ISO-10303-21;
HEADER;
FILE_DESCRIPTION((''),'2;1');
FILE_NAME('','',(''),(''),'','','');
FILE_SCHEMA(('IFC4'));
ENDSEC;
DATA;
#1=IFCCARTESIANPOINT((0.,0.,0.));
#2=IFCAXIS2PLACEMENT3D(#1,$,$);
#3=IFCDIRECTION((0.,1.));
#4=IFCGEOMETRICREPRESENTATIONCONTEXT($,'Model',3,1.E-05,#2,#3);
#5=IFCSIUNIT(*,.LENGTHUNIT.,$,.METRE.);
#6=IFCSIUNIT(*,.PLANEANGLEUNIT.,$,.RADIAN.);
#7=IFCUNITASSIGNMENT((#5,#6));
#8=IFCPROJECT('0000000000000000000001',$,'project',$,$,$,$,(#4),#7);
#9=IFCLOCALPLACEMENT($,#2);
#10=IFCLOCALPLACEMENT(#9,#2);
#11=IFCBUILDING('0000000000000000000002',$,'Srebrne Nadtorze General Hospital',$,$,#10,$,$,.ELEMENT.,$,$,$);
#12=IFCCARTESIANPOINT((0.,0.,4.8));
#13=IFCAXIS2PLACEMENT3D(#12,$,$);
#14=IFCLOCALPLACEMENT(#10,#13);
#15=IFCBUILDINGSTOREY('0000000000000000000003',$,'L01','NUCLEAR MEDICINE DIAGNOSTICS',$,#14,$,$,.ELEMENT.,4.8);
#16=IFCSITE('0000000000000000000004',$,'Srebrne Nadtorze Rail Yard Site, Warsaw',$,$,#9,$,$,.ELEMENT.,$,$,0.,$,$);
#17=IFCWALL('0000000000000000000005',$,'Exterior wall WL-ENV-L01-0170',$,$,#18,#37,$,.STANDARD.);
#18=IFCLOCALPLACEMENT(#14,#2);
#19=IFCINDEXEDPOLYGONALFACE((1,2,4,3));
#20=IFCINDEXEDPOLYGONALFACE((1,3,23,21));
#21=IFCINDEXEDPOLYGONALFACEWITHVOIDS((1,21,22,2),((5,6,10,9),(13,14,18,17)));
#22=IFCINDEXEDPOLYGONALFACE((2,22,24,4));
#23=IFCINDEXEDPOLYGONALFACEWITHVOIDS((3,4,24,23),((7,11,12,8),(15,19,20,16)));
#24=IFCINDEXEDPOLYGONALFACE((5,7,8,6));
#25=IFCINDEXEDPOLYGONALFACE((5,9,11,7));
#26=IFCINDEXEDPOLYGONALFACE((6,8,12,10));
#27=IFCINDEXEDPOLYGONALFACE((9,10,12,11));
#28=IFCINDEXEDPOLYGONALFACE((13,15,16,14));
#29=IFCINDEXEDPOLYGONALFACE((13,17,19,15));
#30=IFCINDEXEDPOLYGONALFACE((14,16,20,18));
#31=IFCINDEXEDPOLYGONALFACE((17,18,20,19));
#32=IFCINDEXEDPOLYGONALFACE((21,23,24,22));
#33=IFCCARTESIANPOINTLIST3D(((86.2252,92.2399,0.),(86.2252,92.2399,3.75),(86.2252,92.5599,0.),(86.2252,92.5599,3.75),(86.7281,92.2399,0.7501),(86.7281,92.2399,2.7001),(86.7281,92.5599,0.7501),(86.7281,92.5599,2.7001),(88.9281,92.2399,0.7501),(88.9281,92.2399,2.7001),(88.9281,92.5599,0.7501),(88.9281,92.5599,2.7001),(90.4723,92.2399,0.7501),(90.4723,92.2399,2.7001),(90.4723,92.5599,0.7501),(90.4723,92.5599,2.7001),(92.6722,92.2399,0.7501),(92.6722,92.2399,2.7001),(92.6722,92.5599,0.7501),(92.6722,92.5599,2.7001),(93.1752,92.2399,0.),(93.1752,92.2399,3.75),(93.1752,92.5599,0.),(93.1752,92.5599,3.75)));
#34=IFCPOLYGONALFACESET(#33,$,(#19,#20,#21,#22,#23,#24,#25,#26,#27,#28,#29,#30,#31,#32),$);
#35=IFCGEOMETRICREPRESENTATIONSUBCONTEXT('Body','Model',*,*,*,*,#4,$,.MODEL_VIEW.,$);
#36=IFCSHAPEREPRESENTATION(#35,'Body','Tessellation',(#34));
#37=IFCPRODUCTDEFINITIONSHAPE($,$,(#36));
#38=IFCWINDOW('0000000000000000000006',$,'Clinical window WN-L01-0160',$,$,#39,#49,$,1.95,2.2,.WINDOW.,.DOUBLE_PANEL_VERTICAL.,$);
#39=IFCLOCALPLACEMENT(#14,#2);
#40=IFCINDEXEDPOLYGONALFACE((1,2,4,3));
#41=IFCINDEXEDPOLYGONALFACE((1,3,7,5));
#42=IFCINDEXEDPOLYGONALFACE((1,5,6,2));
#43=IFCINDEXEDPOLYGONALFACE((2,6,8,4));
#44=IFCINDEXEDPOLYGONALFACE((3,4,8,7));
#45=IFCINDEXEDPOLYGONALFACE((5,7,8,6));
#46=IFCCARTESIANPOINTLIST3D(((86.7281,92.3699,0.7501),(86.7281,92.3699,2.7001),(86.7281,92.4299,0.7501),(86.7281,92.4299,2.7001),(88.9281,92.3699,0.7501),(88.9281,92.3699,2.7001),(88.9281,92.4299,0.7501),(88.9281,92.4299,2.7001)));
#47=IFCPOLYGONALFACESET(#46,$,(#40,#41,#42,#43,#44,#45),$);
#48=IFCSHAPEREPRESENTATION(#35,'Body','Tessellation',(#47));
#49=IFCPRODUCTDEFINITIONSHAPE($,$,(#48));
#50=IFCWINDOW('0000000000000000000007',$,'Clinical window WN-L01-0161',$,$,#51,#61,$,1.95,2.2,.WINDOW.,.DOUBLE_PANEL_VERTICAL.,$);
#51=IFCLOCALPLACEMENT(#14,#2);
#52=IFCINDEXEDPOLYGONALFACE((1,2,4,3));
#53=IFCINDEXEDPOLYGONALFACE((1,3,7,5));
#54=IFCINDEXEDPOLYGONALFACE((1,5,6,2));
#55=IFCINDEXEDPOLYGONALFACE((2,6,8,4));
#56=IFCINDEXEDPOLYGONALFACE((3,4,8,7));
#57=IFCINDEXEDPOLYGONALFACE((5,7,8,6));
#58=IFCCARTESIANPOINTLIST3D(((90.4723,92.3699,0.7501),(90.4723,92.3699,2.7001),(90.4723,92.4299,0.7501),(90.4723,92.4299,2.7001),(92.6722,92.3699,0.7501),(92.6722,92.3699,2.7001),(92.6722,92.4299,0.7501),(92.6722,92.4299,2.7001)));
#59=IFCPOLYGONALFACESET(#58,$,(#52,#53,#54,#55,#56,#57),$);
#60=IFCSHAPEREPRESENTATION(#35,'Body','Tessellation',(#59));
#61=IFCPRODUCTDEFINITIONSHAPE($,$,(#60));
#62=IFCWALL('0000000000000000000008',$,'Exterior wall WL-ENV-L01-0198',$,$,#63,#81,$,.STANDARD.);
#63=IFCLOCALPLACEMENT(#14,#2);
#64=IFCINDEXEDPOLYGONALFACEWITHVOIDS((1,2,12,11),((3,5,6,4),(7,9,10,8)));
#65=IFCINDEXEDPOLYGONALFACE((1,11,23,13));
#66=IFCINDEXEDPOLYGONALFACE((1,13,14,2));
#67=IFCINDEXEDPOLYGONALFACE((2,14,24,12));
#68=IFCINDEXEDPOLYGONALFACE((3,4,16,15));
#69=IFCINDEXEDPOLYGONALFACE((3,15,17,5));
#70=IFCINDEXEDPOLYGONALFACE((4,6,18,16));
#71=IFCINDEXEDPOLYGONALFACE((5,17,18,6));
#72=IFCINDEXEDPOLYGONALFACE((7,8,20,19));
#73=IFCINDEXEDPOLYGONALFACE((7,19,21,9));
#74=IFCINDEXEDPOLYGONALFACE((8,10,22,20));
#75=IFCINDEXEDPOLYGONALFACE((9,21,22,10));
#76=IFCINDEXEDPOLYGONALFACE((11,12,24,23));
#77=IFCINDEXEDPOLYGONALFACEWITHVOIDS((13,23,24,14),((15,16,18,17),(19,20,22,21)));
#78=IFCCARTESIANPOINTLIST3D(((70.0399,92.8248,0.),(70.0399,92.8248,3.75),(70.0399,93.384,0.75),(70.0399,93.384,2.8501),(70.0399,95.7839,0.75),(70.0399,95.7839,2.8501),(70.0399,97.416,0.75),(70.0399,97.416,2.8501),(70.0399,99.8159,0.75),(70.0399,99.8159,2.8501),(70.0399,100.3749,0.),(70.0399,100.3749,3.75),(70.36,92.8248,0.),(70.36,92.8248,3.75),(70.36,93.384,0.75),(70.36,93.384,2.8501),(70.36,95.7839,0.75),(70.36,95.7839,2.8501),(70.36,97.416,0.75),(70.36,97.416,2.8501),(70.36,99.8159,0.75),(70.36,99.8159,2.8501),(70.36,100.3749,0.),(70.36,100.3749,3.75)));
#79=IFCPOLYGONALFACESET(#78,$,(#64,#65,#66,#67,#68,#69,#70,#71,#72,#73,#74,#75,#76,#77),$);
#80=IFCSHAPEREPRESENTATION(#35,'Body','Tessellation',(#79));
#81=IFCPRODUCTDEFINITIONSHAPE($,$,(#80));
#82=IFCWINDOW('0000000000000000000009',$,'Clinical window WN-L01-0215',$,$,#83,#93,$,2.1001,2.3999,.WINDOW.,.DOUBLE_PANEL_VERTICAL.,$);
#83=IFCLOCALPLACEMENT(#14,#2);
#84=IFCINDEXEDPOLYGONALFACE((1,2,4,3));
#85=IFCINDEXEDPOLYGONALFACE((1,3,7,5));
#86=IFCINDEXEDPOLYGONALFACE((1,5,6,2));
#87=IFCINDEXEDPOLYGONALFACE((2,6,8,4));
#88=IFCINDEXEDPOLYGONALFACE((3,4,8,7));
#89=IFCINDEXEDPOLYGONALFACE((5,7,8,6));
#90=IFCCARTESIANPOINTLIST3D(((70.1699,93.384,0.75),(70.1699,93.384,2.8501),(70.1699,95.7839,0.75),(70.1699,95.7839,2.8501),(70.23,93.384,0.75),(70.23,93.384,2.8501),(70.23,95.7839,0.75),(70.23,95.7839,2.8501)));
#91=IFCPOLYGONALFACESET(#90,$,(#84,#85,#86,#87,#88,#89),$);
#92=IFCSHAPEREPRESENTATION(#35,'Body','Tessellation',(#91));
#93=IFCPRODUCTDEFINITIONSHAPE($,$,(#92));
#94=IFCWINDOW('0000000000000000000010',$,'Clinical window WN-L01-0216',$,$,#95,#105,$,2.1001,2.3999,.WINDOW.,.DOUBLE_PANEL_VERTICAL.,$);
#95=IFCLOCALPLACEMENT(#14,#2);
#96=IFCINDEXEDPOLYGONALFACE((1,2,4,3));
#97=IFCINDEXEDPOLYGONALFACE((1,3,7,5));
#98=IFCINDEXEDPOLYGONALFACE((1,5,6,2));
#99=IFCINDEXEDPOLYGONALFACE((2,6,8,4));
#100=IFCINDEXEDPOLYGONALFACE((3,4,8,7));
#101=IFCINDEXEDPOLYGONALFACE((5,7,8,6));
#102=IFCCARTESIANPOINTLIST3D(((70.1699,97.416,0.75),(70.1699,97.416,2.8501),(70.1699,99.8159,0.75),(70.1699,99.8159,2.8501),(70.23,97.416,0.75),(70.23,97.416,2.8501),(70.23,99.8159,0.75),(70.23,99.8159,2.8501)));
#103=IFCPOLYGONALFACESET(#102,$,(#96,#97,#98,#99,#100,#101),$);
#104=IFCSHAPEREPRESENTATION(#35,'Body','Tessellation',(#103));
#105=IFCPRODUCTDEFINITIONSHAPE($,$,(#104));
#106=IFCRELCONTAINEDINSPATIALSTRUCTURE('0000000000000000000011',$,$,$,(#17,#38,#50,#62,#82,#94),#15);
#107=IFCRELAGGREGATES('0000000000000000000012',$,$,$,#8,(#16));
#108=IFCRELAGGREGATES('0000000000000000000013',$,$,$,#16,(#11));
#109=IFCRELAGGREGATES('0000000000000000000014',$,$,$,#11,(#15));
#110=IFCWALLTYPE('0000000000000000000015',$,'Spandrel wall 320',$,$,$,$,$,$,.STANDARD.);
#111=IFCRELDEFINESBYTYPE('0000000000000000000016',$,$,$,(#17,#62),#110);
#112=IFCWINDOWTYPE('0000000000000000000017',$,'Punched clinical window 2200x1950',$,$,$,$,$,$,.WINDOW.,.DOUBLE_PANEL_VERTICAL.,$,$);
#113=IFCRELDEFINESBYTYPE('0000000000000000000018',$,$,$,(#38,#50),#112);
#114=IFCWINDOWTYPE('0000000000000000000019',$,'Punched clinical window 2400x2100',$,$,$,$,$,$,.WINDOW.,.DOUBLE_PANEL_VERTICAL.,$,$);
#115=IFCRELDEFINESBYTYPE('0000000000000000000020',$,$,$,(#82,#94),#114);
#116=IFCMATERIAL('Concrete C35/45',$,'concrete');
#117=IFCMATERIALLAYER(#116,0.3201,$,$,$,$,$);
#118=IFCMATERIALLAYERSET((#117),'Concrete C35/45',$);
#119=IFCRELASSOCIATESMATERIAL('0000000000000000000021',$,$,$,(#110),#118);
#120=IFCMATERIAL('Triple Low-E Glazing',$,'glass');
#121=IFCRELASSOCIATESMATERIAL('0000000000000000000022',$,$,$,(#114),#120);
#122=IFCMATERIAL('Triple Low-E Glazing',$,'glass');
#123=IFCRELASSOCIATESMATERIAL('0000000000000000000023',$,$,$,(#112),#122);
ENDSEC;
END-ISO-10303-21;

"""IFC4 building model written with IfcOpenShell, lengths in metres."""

from ifc_helpers import new_model, si_unit, direction, frame, frame_2d, origin, place, context, subcontext, project, spatial, rectangle, extrude, material, layer, layer_set, type_object, element, fill, save


model = new_model("IFC4")

# Units and contexts
model_context = context("Model", 3, precision=1e-05, world=origin(), true_north=direction((0.0, 1.0)))
body_context = subcontext(model_context, "Body", "Model", "MODEL_VIEW")
ifc_project = project(units=[si_unit("LENGTHUNIT", "METRE"), si_unit("PLANEANGLEUNIT", "RADIAN")], contexts=[model_context])

# Site, building, storey
site_placement = place(None, origin())
site = spatial("IfcSite", under=ifc_project, at=site_placement, Name="Srebrne Nadtorze Rail Yard Site, Warsaw", CompositionType="ELEMENT", RefElevation=0.0)
building_placement = place(site_placement, origin())
building = spatial("IfcBuilding", under=site, at=building_placement, Name="Srebrne Nadtorze General Hospital", CompositionType="ELEMENT")
storey_placement = place(building_placement, frame((0.0, 0.0, 4.8)))
storey = spatial("IfcBuildingStorey", under=building, at=storey_placement, Name="L01", Description="NUCLEAR MEDICINE DIAGNOSTICS", CompositionType="ELEMENT", Elevation=4.8)

# Walls, openings, windows
ifc_material_1 = material(Name="Concrete C35/45", Category="concrete")
ifc_layer_1 = layer(ifc_material_1, 0.3201)
ifc_layer_set_1 = layer_set([ifc_layer_1], Name="Concrete C35/45")
wall_type_1 = type_object("IfcWallType", Name="Spandrel wall 320", PredefinedType="STANDARD", material=ifc_layer_set_1)
ifc_material_2 = material(Name="Triple Low-E Glazing", Category="glass")
window_type_1 = type_object("IfcWindowType", Name="Punched clinical window 2400x2100", PartitioningType="DOUBLE_PANEL_VERTICAL", PredefinedType="WINDOW", material=ifc_material_2)
wall_1_placement = place(storey_placement, frame((86.2251, 92.3999, 0.0), z_axis=(0.0, 0.0, 1.0), x_axis=(1.0, 0.0, 0.0)))
wall_1 = element("IfcWall", 1, at=wall_1_placement, inside=storey, type_object=wall_type_1, Name="Exterior wall WL-ENV-L01-0170", PredefinedType="STANDARD", context=body_context, shape_type="SweptSolid", body=[
    extrude(rectangle(XDim=6.95, YDim=0.3201, at=frame_2d((3.4751, 0.0))), origin(), (0.0, 0.0, 1.0), 3.75),
])
opening_1_placement = place(wall_1_placement, frame((0.5029, 0.0, 0.75)))
opening_1 = element("IfcOpeningElement", 2, at=opening_1_placement, cuts=wall_1, PredefinedType="OPENING", context=body_context, shape_type="SweptSolid", body=[
    extrude(rectangle(XDim=2.2, YDim=1.95, at=frame_2d((1.1001, 0.9751))), frame((0.0, 0.1719, 0.0), z_axis=(0.0, -1.0, 0.0), x_axis=(1.0, 0.0, 0.0)), (0.0, 0.0, 1.0), 0.344),
])
opening_2_placement = place(wall_1_placement, frame((4.2471, 0.0, 0.75)))
opening_2 = element("IfcOpeningElement", 3, at=opening_2_placement, cuts=wall_1, PredefinedType="OPENING", context=body_context, shape_type="SweptSolid", body=[
    extrude(rectangle(XDim=2.2, YDim=1.95, at=frame_2d((1.1001, 0.9751))), frame((0.0, 0.1719, 0.0), z_axis=(0.0, -1.0, 0.0), x_axis=(1.0, 0.0, 0.0)), (0.0, 0.0, 1.0), 0.344),
])
ifc_material_3 = material(Name="Triple Low-E Glazing", Category="glass")
window_type_2 = type_object("IfcWindowType", Name="Punched clinical window 2200x1950", PartitioningType="DOUBLE_PANEL_VERTICAL", PredefinedType="WINDOW", material=ifc_material_3)
window_1_placement = place(opening_1_placement, origin())
window_1 = element("IfcWindow", 4, at=window_1_placement, inside=storey, type_object=window_type_2, Name="Clinical window WN-L01-0160", OverallHeight=1.95, OverallWidth=2.2, PartitioningType="DOUBLE_PANEL_VERTICAL", PredefinedType="WINDOW", context=body_context, shape_type="SweptSolid", body=[
    extrude(rectangle(XDim=2.2, YDim=1.95, at=frame_2d((1.1001, 0.9751))), frame((0.0, 0.03, 0.0), z_axis=(0.0, -1.0, 0.0), x_axis=(1.0, 0.0, 0.0)), (0.0, 0.0, 1.0), 0.0601),
])
fill(opening_1, window_1)
window_2_placement = place(opening_2_placement, origin())
window_2 = element("IfcWindow", 5, at=window_2_placement, inside=storey, type_object=window_type_2, Name="Clinical window WN-L01-0161", OverallHeight=1.95, OverallWidth=2.2, PartitioningType="DOUBLE_PANEL_VERTICAL", PredefinedType="WINDOW", context=body_context, shape_type="SweptSolid", body=[
    extrude(rectangle(XDim=2.2, YDim=1.95, at=frame_2d((1.1001, 0.9751))), frame((0.0, 0.03, 0.0), z_axis=(0.0, -1.0, 0.0), x_axis=(1.0, 0.0, 0.0)), (0.0, 0.0, 1.0), 0.0601),
])
fill(opening_2, window_2)
wall_2_placement = place(storey_placement, frame((70.2, 92.825, 0.0), z_axis=(0.0, 0.0, 1.0), x_axis=(0.0, 1.0, 0.0)))
wall_2 = element("IfcWall", 6, at=wall_2_placement, inside=storey, type_object=wall_type_1, Name="Exterior wall WL-ENV-L01-0198", PredefinedType="STANDARD", context=body_context, shape_type="SweptSolid", body=[
    extrude(rectangle(XDim=7.55, YDim=0.3201, at=frame_2d((3.7749, 0.0))), origin(), (0.0, 0.0, 1.0), 3.75),
])
opening_3_placement = place(wall_2_placement, frame((0.5591, 0.0, 0.75)))
opening_3 = element("IfcOpeningElement", 7, at=opening_3_placement, cuts=wall_2, PredefinedType="OPENING", context=body_context, shape_type="SweptSolid", body=[
    extrude(rectangle(XDim=2.3999, YDim=2.1001, at=frame_2d((1.2, 1.05))), frame((0.0, 0.1719, 0.0), z_axis=(0.0, -1.0, 0.0), x_axis=(1.0, 0.0, 0.0)), (0.0, 0.0, 1.0), 0.344),
])
opening_4_placement = place(wall_2_placement, frame((4.5911, 0.0, 0.75)))
opening_4 = element("IfcOpeningElement", 8, at=opening_4_placement, cuts=wall_2, PredefinedType="OPENING", context=body_context, shape_type="SweptSolid", body=[
    extrude(rectangle(XDim=2.3999, YDim=2.1001, at=frame_2d((1.2, 1.05))), frame((0.0, 0.1719, 0.0), z_axis=(0.0, -1.0, 0.0), x_axis=(1.0, 0.0, 0.0)), (0.0, 0.0, 1.0), 0.344),
])
window_3_placement = place(opening_3_placement, origin())
window_3 = element("IfcWindow", 9, at=window_3_placement, inside=storey, type_object=window_type_1, Name="Clinical window WN-L01-0215", OverallHeight=2.1001, OverallWidth=2.3999, PartitioningType="DOUBLE_PANEL_VERTICAL", PredefinedType="WINDOW", context=body_context, shape_type="SweptSolid", body=[
    extrude(rectangle(XDim=2.3999, YDim=2.1001, at=frame_2d((1.2, 1.05))), frame((0.0, 0.03, 0.0), z_axis=(0.0, -1.0, 0.0), x_axis=(1.0, 0.0, 0.0)), (0.0, 0.0, 1.0), 0.0601),
])
fill(opening_3, window_3)
window_4_placement = place(opening_4_placement, origin())
window_4 = element("IfcWindow", 10, at=window_4_placement, inside=storey, type_object=window_type_1, Name="Clinical window WN-L01-0216", OverallHeight=2.1001, OverallWidth=2.3999, PartitioningType="DOUBLE_PANEL_VERTICAL", PredefinedType="WINDOW", context=body_context, shape_type="SweptSolid", body=[
    extrude(rectangle(XDim=2.3999, YDim=2.1001, at=frame_2d((1.2, 1.05))), frame((0.0, 0.03, 0.0), z_axis=(0.0, -1.0, 0.0), x_axis=(1.0, 0.0, 0.0)), (0.0, 0.0, 1.0), 0.0601),
])
fill(opening_4, window_4)

save(model, "model.ifc")
